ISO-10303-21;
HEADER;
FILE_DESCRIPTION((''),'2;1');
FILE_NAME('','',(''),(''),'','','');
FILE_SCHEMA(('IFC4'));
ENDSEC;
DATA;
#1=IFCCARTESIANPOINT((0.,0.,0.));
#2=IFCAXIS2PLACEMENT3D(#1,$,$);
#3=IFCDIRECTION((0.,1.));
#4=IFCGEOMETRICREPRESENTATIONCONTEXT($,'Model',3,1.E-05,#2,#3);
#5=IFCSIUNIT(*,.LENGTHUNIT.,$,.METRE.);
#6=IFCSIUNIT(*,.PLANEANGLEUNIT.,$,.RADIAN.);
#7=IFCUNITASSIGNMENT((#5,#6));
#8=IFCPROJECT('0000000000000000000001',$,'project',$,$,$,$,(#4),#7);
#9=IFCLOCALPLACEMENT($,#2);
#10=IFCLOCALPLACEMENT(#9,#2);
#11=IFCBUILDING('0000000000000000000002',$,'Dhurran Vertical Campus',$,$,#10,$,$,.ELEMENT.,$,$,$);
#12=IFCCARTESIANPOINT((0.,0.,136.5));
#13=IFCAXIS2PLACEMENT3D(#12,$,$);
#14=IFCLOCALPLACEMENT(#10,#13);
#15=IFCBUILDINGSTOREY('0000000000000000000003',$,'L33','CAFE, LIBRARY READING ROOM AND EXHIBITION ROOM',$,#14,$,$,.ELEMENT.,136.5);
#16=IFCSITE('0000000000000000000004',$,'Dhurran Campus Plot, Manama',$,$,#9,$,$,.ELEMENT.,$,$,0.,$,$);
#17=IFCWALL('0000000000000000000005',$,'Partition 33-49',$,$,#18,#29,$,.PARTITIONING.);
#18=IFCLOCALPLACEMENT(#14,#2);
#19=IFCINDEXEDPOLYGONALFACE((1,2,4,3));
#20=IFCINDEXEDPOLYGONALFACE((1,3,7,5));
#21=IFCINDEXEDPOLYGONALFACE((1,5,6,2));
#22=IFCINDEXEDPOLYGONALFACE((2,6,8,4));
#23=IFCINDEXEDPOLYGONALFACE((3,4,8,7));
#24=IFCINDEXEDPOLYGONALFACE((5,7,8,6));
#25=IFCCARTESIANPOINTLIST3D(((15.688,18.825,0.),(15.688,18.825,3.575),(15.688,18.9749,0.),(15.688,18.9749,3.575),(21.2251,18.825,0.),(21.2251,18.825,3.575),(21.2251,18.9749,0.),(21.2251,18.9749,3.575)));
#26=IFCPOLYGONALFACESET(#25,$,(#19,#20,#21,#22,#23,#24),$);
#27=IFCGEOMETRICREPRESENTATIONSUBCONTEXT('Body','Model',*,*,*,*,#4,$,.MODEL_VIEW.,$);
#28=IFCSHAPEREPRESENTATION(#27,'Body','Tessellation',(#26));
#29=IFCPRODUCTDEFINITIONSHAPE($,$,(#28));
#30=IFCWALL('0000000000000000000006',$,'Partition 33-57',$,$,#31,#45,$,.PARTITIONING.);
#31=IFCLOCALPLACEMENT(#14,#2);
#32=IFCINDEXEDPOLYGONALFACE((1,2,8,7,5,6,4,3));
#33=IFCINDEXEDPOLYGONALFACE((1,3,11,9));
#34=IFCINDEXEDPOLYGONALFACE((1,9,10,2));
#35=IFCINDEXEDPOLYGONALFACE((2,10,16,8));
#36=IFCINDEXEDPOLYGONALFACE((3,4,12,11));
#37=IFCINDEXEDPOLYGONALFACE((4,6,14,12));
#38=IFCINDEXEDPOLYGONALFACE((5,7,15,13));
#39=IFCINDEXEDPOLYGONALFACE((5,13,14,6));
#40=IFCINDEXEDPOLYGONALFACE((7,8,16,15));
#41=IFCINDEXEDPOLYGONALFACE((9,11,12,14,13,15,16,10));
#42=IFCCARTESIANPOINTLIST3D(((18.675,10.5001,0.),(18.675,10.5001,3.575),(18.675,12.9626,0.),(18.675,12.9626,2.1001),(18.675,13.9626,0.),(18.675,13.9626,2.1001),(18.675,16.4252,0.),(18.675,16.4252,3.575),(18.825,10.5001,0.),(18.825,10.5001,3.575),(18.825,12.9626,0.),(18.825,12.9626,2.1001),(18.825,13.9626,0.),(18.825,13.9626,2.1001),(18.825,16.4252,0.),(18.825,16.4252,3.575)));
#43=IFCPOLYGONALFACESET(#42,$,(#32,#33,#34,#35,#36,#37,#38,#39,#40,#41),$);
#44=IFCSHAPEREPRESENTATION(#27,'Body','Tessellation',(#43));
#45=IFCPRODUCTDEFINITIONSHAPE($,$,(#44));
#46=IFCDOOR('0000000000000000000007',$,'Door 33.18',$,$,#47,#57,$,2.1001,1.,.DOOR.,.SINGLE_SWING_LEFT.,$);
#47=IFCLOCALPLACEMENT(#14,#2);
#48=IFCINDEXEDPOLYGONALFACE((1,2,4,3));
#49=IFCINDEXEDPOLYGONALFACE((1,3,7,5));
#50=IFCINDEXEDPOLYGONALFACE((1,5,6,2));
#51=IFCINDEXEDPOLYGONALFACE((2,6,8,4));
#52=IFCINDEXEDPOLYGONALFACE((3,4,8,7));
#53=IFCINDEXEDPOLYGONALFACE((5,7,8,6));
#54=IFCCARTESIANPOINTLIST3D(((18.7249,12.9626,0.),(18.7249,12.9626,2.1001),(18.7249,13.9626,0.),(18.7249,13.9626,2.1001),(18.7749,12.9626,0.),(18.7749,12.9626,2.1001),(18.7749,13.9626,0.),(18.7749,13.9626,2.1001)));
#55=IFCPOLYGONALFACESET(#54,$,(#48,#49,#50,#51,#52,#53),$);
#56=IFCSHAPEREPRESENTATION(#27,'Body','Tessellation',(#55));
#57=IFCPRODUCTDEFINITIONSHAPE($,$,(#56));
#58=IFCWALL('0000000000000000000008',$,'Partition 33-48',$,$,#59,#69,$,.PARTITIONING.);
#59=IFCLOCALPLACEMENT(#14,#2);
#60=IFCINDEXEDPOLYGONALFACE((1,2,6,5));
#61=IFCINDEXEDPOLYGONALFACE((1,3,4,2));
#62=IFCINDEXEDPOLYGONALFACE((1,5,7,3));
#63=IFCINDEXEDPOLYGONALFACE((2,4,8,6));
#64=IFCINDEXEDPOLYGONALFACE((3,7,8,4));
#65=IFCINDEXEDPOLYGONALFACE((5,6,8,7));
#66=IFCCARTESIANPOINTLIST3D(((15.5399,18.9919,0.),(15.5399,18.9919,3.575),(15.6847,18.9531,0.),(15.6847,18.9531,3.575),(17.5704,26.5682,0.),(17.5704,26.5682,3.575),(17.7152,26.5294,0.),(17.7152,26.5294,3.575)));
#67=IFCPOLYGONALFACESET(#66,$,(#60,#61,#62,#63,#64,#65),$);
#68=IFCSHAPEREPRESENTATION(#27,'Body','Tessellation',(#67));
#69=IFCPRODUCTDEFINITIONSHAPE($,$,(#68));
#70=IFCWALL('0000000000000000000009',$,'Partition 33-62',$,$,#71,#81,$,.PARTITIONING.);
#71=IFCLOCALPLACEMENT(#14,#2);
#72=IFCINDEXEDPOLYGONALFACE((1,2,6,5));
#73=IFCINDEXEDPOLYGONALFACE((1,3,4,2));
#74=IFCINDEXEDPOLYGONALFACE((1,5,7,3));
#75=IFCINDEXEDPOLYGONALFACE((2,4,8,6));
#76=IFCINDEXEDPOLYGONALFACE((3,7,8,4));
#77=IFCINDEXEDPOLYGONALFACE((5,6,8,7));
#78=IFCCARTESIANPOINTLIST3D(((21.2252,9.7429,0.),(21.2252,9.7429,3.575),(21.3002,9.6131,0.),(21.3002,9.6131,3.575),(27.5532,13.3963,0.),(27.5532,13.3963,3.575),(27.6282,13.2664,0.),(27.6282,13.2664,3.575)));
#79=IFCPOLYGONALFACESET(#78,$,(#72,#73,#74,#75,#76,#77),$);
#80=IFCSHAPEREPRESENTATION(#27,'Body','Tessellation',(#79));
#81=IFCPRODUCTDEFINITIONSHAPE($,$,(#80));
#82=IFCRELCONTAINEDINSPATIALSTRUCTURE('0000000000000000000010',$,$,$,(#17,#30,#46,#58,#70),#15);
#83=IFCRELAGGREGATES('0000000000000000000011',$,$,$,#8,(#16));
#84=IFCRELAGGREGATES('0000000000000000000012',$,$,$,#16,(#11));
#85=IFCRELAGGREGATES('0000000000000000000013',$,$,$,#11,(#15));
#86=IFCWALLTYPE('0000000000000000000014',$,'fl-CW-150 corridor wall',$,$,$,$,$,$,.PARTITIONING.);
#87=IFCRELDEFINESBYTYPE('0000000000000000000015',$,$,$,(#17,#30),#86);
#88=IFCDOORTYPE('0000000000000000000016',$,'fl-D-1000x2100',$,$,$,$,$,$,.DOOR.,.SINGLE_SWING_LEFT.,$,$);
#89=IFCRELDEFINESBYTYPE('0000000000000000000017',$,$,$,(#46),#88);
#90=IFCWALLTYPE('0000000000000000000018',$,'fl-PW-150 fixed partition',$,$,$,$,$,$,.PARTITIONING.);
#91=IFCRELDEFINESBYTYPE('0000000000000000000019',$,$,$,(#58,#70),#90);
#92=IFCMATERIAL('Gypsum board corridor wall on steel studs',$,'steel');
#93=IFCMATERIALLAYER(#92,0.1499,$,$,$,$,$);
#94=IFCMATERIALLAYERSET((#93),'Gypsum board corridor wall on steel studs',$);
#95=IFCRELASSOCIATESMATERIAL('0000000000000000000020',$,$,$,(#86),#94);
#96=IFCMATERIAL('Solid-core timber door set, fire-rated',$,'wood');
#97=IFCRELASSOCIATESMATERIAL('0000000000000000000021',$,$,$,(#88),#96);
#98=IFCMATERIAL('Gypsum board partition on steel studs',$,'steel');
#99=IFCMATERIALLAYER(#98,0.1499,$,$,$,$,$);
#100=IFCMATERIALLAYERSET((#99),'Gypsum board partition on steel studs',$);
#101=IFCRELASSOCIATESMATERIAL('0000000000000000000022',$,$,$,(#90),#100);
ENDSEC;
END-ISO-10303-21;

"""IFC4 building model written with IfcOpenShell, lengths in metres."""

from ifc_helpers import new_model, si_unit, direction, frame, frame_2d, origin, place, context, subcontext, project, spatial, rectangle, extrude, material, layer, layer_set, type_object, element, fill, save


model = new_model("IFC4")

# Units and contexts
model_context = context("Model", 3, precision=1e-05, world=origin(), true_north=direction((0.0, 1.0)))
body_context = subcontext(model_context, "Body", "Model", "MODEL_VIEW")
ifc_project = project(units=[si_unit("LENGTHUNIT", "METRE"), si_unit("PLANEANGLEUNIT", "RADIAN")], contexts=[model_context])

# Site, building, storey
site_placement = place(None, origin())
site = spatial("IfcSite", under=ifc_project, at=site_placement, Name="Dhurran Campus Plot, Manama", CompositionType="ELEMENT", RefElevation=0.0)
building_placement = place(site_placement, origin())
building = spatial("IfcBuilding", under=site, at=building_placement, Name="Dhurran Vertical Campus", CompositionType="ELEMENT")
storey_placement = place(building_placement, frame((0.0, 0.0, 136.5)))
storey = spatial("IfcBuildingStorey", under=building, at=storey_placement, Name="L33", Description="CAFE, LIBRARY READING ROOM AND EXHIBITION ROOM", CompositionType="ELEMENT", Elevation=136.5)

# Shared definitions
ifc_material_1 = material(Name="Gypsum board corridor wall on steel studs", Category="steel")
ifc_layer_1 = layer(ifc_material_1, 0.1499)
ifc_layer_set_1 = layer_set([ifc_layer_1], Name="Gypsum board corridor wall on steel studs")
wall_type_1 = type_object("IfcWallType", Name="fl-CW-150 corridor wall", PredefinedType="PARTITIONING", material=ifc_layer_set_1)
ifc_material_2 = material(Name="Solid-core timber door set, fire-rated", Category="wood")
door_type = type_object("IfcDoorType", Name="fl-D-1000x2100", OperationType="SINGLE_SWING_LEFT", PredefinedType="DOOR", material=ifc_material_2)

# Wall
wall_1_placement = place(storey_placement, frame((21.2251, 18.8999, 0.0), z_axis=(0.0, 0.0, 1.0), x_axis=(-1.0, 0.0, 0.0)))
element("IfcWall", 1, at=wall_1_placement, inside=storey, type_object=wall_type_1, Name="Partition 33-49", PredefinedType="PARTITIONING", context=body_context, shape_type="SweptSolid", body=[
    extrude(rectangle(XDim=5.5371, YDim=0.1499, at=frame_2d((2.7686, 0.0))), origin(), (0.0, 0.0, 1.0), 3.575),
])

# Wall, opening, door
wall_2_placement = place(storey_placement, frame((18.75, 16.425, 0.0), z_axis=(0.0, 0.0, 1.0), x_axis=(0.0, -1.0, 0.0)))
wall_2 = element("IfcWall", 2, at=wall_2_placement, inside=storey, type_object=wall_type_1, Name="Partition 33-57", PredefinedType="PARTITIONING", context=body_context, shape_type="SweptSolid", body=[
    extrude(rectangle(XDim=5.925, YDim=0.1499, at=frame_2d((2.9624, 0.0))), origin(), (0.0, 0.0, 1.0), 3.575),
])
opening_1_placement = place(wall_2_placement, frame((2.4624, 0.0, 0.0)))
opening_1 = element("IfcOpeningElement", 3, at=opening_1_placement, cuts=wall_2, PredefinedType="OPENING", context=body_context, shape_type="SweptSolid", body=[
    extrude(rectangle(XDim=1.0, YDim=2.1001, at=frame_2d((0.5, 1.05))), frame((0.0, 0.085, 0.0), z_axis=(0.0, -1.0, 0.0), x_axis=(1.0, 0.0, 0.0)), (0.0, 0.0, 1.0), 0.1699),
])
door_1_placement = place(opening_1_placement, origin())
door_1 = element("IfcDoor", 4, at=door_1_placement, inside=storey, type_object=door_type, Name="Door 33.18", OperationType="SINGLE_SWING_LEFT", OverallHeight=2.1001, OverallWidth=1.0, PredefinedType="DOOR", context=body_context, shape_type="SweptSolid", body=[
    extrude(rectangle(XDim=1.0, YDim=2.1001, at=frame_2d((0.5, 1.05))), frame((0.0, 0.0249, 0.0), z_axis=(0.0, -1.0, 0.0), x_axis=(1.0, 0.0, 0.0)), (0.0, 0.0, 1.0), 0.05),
])
fill(opening_1, door_1)

# Walls
ifc_material_3 = material(Name="Gypsum board partition on steel studs", Category="steel")
ifc_layer_2 = layer(ifc_material_3, 0.1499)
ifc_layer_set_2 = layer_set([ifc_layer_2], Name="Gypsum board partition on steel studs")
wall_type_2 = type_object("IfcWallType", Name="fl-PW-150 fixed partition", PredefinedType="PARTITIONING", material=ifc_layer_set_2)
wall_3_placement = place(storey_placement, frame((17.6428, 26.5488, 0.0), z_axis=(0.0, 0.0, 1.0), x_axis=(-0.258869, -0.965912, 0.0)))
element("IfcWall", 5, at=wall_3_placement, inside=storey, type_object=wall_type_2, Name="Partition 33-48", PredefinedType="PARTITIONING", context=body_context, shape_type="SweptSolid", body=[
    extrude(rectangle(XDim=7.8438, YDim=0.1499, at=frame_2d((3.9219, 0.0))), origin(), (0.0, 0.0, 1.0), 3.575),
])
wall_4_placement = place(storey_placement, frame((27.5906, 13.3313, 0.0), z_axis=(0.0, 0.0, 1.0), x_axis=(-0.86603, -0.499991, 0.0)))
element("IfcWall", 6, at=wall_4_placement, inside=storey, type_object=wall_type_2, Name="Partition 33-62", PredefinedType="PARTITIONING", context=body_context, shape_type="SweptSolid", body=[
    extrude(rectangle(XDim=7.3069, YDim=0.1499, at=frame_2d((3.6533, 0.0))), origin(), (0.0, 0.0, 1.0), 3.575),
])

save(model, "model.ifc")
